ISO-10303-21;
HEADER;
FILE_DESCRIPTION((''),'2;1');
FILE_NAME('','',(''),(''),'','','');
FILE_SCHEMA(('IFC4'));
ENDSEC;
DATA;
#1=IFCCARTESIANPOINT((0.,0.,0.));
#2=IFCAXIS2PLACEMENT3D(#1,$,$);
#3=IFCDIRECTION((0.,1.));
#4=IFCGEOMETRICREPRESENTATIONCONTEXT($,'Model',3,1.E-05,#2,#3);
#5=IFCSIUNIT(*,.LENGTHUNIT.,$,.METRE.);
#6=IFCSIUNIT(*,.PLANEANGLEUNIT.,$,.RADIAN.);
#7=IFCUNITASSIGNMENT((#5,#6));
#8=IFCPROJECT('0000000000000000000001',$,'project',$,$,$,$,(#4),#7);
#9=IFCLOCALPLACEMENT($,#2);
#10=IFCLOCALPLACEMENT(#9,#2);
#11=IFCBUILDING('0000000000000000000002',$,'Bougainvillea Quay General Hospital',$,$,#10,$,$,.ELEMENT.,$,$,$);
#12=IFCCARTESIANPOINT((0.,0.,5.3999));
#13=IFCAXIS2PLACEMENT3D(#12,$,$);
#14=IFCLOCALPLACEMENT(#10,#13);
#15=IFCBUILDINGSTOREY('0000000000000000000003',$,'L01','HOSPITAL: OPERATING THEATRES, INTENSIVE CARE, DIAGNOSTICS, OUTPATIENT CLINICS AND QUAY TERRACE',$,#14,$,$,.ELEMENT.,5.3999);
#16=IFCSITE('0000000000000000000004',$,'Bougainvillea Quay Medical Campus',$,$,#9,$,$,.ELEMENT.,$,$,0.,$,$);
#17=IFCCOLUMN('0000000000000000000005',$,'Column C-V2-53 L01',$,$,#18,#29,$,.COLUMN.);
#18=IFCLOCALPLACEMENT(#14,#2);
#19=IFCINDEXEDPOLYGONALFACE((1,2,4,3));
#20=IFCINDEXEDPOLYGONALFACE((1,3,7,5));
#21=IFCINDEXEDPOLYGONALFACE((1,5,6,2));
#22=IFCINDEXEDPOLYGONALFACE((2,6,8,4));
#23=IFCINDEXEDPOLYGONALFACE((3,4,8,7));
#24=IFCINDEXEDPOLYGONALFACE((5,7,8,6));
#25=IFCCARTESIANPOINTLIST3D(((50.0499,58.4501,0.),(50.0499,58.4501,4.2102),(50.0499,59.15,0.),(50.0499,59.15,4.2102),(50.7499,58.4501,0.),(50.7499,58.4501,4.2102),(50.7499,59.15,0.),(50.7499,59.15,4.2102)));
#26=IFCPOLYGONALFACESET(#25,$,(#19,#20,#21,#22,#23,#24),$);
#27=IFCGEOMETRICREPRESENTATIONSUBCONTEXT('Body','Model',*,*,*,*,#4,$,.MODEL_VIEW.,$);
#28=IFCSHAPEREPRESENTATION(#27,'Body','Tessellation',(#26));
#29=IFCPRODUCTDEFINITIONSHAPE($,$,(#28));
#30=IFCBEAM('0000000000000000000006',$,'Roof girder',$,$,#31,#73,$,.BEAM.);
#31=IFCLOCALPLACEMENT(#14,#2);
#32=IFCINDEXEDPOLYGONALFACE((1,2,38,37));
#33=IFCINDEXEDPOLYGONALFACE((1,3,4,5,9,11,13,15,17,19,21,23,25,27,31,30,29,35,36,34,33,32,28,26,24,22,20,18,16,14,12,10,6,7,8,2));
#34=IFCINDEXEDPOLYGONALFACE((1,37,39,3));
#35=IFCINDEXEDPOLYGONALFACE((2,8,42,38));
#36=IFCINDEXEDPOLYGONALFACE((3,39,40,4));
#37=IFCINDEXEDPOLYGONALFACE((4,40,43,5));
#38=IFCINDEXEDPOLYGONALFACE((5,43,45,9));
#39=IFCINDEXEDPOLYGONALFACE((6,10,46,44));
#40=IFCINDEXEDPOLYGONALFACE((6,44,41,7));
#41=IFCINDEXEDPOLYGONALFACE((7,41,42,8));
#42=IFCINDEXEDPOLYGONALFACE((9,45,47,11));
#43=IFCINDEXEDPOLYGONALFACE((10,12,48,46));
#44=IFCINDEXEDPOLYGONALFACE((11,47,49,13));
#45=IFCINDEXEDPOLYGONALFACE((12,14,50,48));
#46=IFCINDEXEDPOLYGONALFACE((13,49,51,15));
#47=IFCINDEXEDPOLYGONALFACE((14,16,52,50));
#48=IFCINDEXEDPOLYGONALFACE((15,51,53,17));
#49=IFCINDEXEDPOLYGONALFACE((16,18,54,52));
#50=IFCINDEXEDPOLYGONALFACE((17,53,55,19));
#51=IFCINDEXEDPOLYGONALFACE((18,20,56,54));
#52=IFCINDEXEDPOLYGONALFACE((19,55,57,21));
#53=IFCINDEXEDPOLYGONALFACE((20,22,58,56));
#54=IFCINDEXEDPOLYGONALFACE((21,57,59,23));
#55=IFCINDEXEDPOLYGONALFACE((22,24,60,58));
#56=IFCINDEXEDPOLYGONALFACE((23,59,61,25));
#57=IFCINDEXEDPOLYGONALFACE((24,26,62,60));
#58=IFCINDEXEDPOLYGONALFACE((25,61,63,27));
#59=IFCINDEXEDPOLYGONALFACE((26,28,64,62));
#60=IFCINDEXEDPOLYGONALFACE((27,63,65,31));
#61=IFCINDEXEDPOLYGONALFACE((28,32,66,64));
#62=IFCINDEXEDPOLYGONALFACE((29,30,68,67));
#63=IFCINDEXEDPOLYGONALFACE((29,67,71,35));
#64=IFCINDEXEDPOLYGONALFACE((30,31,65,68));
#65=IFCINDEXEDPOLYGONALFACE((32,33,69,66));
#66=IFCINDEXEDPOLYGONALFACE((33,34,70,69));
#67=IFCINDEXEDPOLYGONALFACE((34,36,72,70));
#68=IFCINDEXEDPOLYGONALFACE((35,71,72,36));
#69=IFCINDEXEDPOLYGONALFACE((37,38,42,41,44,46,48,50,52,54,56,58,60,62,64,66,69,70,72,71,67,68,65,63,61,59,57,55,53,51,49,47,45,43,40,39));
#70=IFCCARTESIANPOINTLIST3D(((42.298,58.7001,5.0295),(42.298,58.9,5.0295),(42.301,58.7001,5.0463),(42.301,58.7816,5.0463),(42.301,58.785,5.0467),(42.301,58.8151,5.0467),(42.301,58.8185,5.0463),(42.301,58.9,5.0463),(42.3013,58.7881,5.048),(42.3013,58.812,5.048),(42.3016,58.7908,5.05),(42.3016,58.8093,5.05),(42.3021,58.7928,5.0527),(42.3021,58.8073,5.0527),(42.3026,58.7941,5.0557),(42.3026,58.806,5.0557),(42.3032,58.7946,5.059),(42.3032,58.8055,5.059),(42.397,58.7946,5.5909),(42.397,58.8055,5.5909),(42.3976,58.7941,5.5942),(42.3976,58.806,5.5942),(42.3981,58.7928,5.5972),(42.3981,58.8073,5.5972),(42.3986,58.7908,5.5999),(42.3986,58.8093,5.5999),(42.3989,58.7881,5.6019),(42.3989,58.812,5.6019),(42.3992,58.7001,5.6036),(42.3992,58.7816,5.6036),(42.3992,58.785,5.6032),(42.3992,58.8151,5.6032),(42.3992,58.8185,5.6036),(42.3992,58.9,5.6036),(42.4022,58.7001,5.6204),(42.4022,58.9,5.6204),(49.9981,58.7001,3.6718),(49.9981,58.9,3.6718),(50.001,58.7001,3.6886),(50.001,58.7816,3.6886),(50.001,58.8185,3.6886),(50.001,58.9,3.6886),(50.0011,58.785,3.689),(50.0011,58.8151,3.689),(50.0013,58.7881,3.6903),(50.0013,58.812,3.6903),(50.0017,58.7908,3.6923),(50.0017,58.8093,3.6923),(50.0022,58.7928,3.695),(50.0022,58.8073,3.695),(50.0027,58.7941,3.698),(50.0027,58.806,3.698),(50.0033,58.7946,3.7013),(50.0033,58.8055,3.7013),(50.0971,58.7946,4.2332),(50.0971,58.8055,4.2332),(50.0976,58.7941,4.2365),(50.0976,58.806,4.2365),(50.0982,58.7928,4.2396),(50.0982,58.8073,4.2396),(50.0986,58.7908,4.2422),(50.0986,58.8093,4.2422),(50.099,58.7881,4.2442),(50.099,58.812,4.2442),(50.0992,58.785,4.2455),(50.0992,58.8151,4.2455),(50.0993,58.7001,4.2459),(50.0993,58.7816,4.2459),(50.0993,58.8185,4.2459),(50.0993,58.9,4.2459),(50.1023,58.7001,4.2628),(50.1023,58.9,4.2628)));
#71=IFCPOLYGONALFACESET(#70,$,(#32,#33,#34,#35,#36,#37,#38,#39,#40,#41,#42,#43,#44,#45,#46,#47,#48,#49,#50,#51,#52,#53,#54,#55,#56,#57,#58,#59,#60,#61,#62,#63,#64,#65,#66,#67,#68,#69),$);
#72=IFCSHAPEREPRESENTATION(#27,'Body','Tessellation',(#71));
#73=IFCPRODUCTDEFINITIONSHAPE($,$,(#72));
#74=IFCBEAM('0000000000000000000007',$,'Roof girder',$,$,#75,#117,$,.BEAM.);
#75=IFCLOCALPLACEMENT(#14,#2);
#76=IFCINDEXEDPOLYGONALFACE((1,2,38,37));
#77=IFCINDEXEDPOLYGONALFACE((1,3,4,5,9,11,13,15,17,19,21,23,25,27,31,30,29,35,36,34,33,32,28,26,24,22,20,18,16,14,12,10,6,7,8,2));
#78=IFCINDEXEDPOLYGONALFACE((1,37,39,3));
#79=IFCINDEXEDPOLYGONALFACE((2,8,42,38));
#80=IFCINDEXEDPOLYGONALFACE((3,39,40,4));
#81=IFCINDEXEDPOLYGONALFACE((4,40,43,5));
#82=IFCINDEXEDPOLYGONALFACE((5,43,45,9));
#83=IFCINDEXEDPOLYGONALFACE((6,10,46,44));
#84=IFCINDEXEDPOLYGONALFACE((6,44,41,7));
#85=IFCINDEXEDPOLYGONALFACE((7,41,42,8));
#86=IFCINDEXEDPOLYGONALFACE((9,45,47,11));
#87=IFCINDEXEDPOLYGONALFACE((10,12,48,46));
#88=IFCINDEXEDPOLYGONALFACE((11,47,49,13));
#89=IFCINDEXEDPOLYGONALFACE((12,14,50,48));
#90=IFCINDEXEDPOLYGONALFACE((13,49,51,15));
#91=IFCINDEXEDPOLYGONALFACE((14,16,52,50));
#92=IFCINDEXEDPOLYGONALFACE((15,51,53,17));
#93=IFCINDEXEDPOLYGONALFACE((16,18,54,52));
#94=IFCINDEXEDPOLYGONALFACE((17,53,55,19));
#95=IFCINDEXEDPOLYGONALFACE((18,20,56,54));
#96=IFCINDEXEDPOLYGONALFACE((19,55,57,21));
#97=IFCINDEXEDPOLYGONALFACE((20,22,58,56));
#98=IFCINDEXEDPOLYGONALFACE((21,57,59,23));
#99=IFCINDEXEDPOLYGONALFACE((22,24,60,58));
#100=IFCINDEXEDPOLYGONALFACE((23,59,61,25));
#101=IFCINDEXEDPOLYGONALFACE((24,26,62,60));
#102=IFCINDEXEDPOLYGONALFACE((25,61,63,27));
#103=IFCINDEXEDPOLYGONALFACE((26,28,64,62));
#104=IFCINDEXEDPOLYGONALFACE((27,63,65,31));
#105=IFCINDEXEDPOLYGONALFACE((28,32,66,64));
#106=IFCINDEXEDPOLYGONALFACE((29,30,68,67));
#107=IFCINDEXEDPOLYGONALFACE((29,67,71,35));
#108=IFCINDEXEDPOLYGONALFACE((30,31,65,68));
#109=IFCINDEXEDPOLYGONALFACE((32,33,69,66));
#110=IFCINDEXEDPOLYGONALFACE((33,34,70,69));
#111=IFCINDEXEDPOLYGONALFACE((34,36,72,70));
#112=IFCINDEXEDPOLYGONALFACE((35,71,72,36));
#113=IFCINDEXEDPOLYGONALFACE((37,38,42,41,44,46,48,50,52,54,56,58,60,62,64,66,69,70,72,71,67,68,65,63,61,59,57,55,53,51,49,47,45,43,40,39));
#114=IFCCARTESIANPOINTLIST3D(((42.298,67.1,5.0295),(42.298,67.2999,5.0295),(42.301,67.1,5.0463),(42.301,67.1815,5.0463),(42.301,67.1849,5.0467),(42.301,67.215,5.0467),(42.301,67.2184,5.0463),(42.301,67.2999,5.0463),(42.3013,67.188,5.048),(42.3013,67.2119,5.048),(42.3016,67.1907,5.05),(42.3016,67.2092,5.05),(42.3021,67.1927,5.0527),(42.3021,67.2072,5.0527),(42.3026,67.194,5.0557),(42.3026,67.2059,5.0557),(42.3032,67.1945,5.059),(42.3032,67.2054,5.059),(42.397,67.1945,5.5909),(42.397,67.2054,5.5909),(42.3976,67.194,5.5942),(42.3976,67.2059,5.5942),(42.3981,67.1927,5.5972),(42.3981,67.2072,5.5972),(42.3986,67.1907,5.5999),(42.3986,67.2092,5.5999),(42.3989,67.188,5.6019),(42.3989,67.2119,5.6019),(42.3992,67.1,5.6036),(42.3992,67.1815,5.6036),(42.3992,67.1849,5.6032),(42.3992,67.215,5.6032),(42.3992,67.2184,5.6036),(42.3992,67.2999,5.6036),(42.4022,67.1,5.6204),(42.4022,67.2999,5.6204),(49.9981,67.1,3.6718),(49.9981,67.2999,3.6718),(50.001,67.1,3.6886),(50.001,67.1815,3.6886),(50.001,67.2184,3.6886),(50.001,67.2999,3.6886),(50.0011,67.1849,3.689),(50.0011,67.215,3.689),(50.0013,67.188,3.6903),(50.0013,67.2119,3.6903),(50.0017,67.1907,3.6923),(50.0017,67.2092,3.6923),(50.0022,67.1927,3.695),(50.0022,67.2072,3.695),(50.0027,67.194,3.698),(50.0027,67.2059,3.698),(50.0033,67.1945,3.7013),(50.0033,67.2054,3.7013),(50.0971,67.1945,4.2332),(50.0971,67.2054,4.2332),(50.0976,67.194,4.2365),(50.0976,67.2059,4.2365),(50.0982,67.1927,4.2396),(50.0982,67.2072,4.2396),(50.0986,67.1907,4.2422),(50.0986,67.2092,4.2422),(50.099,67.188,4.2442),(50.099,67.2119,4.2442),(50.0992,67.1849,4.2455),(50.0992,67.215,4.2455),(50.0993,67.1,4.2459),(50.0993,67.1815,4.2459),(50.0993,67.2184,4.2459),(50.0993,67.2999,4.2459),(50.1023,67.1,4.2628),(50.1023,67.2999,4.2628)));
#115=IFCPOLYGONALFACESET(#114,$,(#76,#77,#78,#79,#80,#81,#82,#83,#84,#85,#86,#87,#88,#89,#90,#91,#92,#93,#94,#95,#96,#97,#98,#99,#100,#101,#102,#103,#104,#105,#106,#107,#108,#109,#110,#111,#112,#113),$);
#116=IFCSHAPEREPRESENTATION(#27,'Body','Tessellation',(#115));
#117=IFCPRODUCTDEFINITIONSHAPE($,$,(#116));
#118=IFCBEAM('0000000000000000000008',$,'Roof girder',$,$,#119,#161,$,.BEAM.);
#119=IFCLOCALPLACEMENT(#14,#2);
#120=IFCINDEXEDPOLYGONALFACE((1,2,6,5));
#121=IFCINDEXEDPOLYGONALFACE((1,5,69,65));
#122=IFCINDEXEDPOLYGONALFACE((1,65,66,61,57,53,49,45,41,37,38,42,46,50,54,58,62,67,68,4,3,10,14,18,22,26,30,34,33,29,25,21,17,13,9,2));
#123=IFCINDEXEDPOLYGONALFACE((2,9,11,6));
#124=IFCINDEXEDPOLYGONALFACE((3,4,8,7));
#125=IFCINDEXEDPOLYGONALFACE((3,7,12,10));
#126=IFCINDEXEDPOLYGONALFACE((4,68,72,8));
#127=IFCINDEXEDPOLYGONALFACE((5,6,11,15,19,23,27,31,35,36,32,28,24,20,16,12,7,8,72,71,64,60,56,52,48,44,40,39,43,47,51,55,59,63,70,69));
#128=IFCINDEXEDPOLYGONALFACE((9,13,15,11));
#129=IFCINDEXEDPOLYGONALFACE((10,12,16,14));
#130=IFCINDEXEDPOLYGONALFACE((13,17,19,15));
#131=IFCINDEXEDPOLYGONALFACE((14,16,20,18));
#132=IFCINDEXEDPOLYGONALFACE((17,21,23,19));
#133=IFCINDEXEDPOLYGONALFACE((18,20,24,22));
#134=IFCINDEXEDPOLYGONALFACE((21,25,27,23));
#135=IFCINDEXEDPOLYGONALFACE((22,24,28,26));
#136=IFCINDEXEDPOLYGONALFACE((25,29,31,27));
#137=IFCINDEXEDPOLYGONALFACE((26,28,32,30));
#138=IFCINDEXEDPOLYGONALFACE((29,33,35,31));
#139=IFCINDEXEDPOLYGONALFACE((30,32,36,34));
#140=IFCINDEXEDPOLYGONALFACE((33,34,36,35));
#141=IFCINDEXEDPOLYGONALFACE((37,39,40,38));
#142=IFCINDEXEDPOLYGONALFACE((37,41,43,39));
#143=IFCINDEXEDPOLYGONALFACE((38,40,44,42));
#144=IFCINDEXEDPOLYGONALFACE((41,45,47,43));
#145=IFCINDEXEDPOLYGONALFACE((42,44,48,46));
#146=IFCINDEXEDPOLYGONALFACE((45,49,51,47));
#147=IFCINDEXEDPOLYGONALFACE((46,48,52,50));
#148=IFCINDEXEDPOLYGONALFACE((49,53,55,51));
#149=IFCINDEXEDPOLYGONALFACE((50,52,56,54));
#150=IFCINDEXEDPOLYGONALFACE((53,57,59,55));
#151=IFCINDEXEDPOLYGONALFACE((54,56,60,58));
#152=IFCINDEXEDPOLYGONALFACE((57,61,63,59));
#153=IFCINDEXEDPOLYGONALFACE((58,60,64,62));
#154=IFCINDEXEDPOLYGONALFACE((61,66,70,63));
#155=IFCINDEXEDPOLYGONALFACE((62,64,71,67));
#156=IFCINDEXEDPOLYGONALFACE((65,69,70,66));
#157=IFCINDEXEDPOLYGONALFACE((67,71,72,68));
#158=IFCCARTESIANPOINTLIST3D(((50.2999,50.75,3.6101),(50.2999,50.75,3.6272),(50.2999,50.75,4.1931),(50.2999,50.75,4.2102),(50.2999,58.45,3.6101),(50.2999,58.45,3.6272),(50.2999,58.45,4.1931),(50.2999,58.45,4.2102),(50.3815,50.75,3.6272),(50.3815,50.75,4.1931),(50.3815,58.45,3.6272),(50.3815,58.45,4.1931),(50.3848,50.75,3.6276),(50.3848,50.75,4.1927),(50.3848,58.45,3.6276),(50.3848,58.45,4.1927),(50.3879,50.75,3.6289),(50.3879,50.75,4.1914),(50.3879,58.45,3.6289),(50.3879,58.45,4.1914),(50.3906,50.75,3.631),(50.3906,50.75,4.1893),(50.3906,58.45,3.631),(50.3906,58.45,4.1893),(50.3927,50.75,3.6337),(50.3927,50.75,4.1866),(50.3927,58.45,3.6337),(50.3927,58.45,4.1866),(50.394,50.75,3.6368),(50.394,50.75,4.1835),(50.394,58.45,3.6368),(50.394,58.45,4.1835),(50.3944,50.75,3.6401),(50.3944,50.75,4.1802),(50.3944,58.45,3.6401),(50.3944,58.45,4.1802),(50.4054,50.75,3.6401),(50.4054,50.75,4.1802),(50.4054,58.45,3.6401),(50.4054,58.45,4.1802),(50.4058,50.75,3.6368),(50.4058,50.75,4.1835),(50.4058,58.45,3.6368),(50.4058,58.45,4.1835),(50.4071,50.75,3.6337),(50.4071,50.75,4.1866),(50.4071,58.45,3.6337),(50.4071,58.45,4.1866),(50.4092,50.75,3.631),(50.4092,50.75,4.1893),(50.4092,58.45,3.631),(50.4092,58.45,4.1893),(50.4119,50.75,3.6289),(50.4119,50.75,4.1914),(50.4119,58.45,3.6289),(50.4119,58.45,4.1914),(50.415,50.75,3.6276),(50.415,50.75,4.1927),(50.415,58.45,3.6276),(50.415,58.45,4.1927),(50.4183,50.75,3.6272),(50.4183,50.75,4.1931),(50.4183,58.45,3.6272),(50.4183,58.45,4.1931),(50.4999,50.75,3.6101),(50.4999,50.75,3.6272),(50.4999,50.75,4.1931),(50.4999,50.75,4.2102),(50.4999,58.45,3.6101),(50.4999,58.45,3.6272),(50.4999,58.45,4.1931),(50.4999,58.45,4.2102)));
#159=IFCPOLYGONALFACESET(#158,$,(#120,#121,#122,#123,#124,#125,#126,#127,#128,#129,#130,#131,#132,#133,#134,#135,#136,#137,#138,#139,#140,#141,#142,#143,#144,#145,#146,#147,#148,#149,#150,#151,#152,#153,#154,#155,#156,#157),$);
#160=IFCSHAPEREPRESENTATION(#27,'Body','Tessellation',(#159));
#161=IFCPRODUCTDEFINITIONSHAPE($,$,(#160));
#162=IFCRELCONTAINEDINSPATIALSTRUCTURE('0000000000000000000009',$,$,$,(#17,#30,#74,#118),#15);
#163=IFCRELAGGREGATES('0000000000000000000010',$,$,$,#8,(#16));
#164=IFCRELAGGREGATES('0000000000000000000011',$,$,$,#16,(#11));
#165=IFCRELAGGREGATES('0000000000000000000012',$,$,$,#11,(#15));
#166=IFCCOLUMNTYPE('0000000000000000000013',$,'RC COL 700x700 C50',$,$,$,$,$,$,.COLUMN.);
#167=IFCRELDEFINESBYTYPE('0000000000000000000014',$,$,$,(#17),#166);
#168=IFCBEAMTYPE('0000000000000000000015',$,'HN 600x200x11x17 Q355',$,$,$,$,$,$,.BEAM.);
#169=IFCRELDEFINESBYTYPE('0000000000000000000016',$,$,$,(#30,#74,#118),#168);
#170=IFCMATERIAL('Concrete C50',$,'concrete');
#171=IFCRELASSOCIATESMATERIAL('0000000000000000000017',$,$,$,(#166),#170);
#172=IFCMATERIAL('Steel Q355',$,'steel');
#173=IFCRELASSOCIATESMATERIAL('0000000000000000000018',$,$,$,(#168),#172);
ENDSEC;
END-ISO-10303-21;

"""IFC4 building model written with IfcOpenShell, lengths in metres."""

from ifc_helpers import new_model, si_unit, direction, frame, origin, origin_2d, place, context, subcontext, project, spatial, rectangle, i_section, extrude, material, material_profile, profile_set, type_object, element, save


model = new_model("IFC4")

# Units and contexts
model_context = context("Model", 3, precision=1e-05, world=origin(), true_north=direction((0.0, 1.0)))
body_context = subcontext(model_context, "Body", "Model", "MODEL_VIEW")
ifc_project = project(units=[si_unit("LENGTHUNIT", "METRE"), si_unit("PLANEANGLEUNIT", "RADIAN")], contexts=[model_context])

# Site, building, storey
site_placement = place(None, origin())
site = spatial("IfcSite", under=ifc_project, at=site_placement, Name="Bougainvillea Quay Medical Campus", CompositionType="ELEMENT", RefElevation=0.0)
building_placement = place(site_placement, origin())
building = spatial("IfcBuilding", under=site, at=building_placement, Name="Bougainvillea Quay General Hospital", CompositionType="ELEMENT")
storey_placement = place(building_placement, frame((0.0, 0.0, 5.3999)))
storey = spatial("IfcBuildingStorey", under=building, at=storey_placement, Name="L01", Description="HOSPITAL: OPERATING THEATRES, INTENSIVE CARE, DIAGNOSTICS, OUTPATIENT CLINICS AND QUAY TERRACE", CompositionType="ELEMENT", Elevation=5.3999)

# Column
ifc_material_1 = material(Name="Concrete C50", Category="concrete")
ifc_material_profile_1 = material_profile(ifc_material_1, rectangle(XDim=0.7, YDim=0.7, at=origin_2d()))
ifc_profile_set_1 = profile_set([ifc_material_profile_1], Name="Concrete C50")
column_type = type_object("IfcColumnType", Name="RC COL 700x700 C50", PredefinedType="COLUMN", material=ifc_profile_set_1)
column_placement = place(storey_placement, frame((50.3999, 58.8, 0.0), z_axis=(0.0, 0.0, 1.0), x_axis=(1.0, 0.0, 0.0)))
element("IfcColumn", 1, at=column_placement, inside=storey, type_object=column_type, Name="Column C-V2-53 L01", PredefinedType="COLUMN", context=body_context, shape_type="SweptSolid", body=[
    extrude(rectangle(XDim=0.7, YDim=0.7, at=origin_2d()), origin(), (0.0, 0.0, 1.0), 4.2102),
])

# Beams
ifc_material_2 = material(Name="Steel Q355", Category="steel")
ifc_material_profile_2 = material_profile(ifc_material_2, i_section(OverallWidth=0.2, OverallDepth=0.6001, WebThickness=0.011, FlangeThickness=0.0171, FilletRadius=0.0129, at=origin_2d()))
ifc_profile_set_2 = profile_set([ifc_material_profile_2], Name="Steel Q355")
beam_type_1 = type_object("IfcBeamType", Name="HN 600x200x11x17 Q355", PredefinedType="BEAM", material=ifc_profile_set_2)
for number, where, z_axis, x_axis, name in (
    (2, (42.3501, 58.8, 5.325), (0.984809, 0.0, -0.173643), (0.0, 1.0, 0.0), "Roof girder"),
    (3, (42.3501, 67.2, 5.325), (0.984809, 0.0, -0.173643), (0.0, 1.0, 0.0), "Roof girder"),
):
    element("IfcBeam", number, at=place(storey_placement, frame(where, z_axis=z_axis, x_axis=x_axis)), inside=storey, type_object=beam_type_1, Name=name, PredefinedType="BEAM", context=body_context, shape_type="SweptSolid", body=[
        extrude(i_section(OverallWidth=0.2, OverallDepth=0.6001, WebThickness=0.011, FlangeThickness=0.0171, FilletRadius=0.0129, at=origin_2d()), origin(), (0.0, 0.0, 1.0), 7.8188),
    ])
beam_1_placement = place(storey_placement, frame((50.3999, 50.75, 3.9102), z_axis=(0.0, 1.0, 0.0), x_axis=(-1.0, 0.0, 0.0)))
element("IfcBeam", 4, at=beam_1_placement, inside=storey, type_object=beam_type_1, Name="Roof girder", PredefinedType="BEAM", context=body_context, shape_type="SweptSolid", body=[
    extrude(i_section(OverallWidth=0.2, OverallDepth=0.6001, WebThickness=0.011, FlangeThickness=0.0171, FilletRadius=0.0129, at=origin_2d()), origin(), (0.0, 0.0, 1.0), 7.7),
])

save(model, "model.ifc")
